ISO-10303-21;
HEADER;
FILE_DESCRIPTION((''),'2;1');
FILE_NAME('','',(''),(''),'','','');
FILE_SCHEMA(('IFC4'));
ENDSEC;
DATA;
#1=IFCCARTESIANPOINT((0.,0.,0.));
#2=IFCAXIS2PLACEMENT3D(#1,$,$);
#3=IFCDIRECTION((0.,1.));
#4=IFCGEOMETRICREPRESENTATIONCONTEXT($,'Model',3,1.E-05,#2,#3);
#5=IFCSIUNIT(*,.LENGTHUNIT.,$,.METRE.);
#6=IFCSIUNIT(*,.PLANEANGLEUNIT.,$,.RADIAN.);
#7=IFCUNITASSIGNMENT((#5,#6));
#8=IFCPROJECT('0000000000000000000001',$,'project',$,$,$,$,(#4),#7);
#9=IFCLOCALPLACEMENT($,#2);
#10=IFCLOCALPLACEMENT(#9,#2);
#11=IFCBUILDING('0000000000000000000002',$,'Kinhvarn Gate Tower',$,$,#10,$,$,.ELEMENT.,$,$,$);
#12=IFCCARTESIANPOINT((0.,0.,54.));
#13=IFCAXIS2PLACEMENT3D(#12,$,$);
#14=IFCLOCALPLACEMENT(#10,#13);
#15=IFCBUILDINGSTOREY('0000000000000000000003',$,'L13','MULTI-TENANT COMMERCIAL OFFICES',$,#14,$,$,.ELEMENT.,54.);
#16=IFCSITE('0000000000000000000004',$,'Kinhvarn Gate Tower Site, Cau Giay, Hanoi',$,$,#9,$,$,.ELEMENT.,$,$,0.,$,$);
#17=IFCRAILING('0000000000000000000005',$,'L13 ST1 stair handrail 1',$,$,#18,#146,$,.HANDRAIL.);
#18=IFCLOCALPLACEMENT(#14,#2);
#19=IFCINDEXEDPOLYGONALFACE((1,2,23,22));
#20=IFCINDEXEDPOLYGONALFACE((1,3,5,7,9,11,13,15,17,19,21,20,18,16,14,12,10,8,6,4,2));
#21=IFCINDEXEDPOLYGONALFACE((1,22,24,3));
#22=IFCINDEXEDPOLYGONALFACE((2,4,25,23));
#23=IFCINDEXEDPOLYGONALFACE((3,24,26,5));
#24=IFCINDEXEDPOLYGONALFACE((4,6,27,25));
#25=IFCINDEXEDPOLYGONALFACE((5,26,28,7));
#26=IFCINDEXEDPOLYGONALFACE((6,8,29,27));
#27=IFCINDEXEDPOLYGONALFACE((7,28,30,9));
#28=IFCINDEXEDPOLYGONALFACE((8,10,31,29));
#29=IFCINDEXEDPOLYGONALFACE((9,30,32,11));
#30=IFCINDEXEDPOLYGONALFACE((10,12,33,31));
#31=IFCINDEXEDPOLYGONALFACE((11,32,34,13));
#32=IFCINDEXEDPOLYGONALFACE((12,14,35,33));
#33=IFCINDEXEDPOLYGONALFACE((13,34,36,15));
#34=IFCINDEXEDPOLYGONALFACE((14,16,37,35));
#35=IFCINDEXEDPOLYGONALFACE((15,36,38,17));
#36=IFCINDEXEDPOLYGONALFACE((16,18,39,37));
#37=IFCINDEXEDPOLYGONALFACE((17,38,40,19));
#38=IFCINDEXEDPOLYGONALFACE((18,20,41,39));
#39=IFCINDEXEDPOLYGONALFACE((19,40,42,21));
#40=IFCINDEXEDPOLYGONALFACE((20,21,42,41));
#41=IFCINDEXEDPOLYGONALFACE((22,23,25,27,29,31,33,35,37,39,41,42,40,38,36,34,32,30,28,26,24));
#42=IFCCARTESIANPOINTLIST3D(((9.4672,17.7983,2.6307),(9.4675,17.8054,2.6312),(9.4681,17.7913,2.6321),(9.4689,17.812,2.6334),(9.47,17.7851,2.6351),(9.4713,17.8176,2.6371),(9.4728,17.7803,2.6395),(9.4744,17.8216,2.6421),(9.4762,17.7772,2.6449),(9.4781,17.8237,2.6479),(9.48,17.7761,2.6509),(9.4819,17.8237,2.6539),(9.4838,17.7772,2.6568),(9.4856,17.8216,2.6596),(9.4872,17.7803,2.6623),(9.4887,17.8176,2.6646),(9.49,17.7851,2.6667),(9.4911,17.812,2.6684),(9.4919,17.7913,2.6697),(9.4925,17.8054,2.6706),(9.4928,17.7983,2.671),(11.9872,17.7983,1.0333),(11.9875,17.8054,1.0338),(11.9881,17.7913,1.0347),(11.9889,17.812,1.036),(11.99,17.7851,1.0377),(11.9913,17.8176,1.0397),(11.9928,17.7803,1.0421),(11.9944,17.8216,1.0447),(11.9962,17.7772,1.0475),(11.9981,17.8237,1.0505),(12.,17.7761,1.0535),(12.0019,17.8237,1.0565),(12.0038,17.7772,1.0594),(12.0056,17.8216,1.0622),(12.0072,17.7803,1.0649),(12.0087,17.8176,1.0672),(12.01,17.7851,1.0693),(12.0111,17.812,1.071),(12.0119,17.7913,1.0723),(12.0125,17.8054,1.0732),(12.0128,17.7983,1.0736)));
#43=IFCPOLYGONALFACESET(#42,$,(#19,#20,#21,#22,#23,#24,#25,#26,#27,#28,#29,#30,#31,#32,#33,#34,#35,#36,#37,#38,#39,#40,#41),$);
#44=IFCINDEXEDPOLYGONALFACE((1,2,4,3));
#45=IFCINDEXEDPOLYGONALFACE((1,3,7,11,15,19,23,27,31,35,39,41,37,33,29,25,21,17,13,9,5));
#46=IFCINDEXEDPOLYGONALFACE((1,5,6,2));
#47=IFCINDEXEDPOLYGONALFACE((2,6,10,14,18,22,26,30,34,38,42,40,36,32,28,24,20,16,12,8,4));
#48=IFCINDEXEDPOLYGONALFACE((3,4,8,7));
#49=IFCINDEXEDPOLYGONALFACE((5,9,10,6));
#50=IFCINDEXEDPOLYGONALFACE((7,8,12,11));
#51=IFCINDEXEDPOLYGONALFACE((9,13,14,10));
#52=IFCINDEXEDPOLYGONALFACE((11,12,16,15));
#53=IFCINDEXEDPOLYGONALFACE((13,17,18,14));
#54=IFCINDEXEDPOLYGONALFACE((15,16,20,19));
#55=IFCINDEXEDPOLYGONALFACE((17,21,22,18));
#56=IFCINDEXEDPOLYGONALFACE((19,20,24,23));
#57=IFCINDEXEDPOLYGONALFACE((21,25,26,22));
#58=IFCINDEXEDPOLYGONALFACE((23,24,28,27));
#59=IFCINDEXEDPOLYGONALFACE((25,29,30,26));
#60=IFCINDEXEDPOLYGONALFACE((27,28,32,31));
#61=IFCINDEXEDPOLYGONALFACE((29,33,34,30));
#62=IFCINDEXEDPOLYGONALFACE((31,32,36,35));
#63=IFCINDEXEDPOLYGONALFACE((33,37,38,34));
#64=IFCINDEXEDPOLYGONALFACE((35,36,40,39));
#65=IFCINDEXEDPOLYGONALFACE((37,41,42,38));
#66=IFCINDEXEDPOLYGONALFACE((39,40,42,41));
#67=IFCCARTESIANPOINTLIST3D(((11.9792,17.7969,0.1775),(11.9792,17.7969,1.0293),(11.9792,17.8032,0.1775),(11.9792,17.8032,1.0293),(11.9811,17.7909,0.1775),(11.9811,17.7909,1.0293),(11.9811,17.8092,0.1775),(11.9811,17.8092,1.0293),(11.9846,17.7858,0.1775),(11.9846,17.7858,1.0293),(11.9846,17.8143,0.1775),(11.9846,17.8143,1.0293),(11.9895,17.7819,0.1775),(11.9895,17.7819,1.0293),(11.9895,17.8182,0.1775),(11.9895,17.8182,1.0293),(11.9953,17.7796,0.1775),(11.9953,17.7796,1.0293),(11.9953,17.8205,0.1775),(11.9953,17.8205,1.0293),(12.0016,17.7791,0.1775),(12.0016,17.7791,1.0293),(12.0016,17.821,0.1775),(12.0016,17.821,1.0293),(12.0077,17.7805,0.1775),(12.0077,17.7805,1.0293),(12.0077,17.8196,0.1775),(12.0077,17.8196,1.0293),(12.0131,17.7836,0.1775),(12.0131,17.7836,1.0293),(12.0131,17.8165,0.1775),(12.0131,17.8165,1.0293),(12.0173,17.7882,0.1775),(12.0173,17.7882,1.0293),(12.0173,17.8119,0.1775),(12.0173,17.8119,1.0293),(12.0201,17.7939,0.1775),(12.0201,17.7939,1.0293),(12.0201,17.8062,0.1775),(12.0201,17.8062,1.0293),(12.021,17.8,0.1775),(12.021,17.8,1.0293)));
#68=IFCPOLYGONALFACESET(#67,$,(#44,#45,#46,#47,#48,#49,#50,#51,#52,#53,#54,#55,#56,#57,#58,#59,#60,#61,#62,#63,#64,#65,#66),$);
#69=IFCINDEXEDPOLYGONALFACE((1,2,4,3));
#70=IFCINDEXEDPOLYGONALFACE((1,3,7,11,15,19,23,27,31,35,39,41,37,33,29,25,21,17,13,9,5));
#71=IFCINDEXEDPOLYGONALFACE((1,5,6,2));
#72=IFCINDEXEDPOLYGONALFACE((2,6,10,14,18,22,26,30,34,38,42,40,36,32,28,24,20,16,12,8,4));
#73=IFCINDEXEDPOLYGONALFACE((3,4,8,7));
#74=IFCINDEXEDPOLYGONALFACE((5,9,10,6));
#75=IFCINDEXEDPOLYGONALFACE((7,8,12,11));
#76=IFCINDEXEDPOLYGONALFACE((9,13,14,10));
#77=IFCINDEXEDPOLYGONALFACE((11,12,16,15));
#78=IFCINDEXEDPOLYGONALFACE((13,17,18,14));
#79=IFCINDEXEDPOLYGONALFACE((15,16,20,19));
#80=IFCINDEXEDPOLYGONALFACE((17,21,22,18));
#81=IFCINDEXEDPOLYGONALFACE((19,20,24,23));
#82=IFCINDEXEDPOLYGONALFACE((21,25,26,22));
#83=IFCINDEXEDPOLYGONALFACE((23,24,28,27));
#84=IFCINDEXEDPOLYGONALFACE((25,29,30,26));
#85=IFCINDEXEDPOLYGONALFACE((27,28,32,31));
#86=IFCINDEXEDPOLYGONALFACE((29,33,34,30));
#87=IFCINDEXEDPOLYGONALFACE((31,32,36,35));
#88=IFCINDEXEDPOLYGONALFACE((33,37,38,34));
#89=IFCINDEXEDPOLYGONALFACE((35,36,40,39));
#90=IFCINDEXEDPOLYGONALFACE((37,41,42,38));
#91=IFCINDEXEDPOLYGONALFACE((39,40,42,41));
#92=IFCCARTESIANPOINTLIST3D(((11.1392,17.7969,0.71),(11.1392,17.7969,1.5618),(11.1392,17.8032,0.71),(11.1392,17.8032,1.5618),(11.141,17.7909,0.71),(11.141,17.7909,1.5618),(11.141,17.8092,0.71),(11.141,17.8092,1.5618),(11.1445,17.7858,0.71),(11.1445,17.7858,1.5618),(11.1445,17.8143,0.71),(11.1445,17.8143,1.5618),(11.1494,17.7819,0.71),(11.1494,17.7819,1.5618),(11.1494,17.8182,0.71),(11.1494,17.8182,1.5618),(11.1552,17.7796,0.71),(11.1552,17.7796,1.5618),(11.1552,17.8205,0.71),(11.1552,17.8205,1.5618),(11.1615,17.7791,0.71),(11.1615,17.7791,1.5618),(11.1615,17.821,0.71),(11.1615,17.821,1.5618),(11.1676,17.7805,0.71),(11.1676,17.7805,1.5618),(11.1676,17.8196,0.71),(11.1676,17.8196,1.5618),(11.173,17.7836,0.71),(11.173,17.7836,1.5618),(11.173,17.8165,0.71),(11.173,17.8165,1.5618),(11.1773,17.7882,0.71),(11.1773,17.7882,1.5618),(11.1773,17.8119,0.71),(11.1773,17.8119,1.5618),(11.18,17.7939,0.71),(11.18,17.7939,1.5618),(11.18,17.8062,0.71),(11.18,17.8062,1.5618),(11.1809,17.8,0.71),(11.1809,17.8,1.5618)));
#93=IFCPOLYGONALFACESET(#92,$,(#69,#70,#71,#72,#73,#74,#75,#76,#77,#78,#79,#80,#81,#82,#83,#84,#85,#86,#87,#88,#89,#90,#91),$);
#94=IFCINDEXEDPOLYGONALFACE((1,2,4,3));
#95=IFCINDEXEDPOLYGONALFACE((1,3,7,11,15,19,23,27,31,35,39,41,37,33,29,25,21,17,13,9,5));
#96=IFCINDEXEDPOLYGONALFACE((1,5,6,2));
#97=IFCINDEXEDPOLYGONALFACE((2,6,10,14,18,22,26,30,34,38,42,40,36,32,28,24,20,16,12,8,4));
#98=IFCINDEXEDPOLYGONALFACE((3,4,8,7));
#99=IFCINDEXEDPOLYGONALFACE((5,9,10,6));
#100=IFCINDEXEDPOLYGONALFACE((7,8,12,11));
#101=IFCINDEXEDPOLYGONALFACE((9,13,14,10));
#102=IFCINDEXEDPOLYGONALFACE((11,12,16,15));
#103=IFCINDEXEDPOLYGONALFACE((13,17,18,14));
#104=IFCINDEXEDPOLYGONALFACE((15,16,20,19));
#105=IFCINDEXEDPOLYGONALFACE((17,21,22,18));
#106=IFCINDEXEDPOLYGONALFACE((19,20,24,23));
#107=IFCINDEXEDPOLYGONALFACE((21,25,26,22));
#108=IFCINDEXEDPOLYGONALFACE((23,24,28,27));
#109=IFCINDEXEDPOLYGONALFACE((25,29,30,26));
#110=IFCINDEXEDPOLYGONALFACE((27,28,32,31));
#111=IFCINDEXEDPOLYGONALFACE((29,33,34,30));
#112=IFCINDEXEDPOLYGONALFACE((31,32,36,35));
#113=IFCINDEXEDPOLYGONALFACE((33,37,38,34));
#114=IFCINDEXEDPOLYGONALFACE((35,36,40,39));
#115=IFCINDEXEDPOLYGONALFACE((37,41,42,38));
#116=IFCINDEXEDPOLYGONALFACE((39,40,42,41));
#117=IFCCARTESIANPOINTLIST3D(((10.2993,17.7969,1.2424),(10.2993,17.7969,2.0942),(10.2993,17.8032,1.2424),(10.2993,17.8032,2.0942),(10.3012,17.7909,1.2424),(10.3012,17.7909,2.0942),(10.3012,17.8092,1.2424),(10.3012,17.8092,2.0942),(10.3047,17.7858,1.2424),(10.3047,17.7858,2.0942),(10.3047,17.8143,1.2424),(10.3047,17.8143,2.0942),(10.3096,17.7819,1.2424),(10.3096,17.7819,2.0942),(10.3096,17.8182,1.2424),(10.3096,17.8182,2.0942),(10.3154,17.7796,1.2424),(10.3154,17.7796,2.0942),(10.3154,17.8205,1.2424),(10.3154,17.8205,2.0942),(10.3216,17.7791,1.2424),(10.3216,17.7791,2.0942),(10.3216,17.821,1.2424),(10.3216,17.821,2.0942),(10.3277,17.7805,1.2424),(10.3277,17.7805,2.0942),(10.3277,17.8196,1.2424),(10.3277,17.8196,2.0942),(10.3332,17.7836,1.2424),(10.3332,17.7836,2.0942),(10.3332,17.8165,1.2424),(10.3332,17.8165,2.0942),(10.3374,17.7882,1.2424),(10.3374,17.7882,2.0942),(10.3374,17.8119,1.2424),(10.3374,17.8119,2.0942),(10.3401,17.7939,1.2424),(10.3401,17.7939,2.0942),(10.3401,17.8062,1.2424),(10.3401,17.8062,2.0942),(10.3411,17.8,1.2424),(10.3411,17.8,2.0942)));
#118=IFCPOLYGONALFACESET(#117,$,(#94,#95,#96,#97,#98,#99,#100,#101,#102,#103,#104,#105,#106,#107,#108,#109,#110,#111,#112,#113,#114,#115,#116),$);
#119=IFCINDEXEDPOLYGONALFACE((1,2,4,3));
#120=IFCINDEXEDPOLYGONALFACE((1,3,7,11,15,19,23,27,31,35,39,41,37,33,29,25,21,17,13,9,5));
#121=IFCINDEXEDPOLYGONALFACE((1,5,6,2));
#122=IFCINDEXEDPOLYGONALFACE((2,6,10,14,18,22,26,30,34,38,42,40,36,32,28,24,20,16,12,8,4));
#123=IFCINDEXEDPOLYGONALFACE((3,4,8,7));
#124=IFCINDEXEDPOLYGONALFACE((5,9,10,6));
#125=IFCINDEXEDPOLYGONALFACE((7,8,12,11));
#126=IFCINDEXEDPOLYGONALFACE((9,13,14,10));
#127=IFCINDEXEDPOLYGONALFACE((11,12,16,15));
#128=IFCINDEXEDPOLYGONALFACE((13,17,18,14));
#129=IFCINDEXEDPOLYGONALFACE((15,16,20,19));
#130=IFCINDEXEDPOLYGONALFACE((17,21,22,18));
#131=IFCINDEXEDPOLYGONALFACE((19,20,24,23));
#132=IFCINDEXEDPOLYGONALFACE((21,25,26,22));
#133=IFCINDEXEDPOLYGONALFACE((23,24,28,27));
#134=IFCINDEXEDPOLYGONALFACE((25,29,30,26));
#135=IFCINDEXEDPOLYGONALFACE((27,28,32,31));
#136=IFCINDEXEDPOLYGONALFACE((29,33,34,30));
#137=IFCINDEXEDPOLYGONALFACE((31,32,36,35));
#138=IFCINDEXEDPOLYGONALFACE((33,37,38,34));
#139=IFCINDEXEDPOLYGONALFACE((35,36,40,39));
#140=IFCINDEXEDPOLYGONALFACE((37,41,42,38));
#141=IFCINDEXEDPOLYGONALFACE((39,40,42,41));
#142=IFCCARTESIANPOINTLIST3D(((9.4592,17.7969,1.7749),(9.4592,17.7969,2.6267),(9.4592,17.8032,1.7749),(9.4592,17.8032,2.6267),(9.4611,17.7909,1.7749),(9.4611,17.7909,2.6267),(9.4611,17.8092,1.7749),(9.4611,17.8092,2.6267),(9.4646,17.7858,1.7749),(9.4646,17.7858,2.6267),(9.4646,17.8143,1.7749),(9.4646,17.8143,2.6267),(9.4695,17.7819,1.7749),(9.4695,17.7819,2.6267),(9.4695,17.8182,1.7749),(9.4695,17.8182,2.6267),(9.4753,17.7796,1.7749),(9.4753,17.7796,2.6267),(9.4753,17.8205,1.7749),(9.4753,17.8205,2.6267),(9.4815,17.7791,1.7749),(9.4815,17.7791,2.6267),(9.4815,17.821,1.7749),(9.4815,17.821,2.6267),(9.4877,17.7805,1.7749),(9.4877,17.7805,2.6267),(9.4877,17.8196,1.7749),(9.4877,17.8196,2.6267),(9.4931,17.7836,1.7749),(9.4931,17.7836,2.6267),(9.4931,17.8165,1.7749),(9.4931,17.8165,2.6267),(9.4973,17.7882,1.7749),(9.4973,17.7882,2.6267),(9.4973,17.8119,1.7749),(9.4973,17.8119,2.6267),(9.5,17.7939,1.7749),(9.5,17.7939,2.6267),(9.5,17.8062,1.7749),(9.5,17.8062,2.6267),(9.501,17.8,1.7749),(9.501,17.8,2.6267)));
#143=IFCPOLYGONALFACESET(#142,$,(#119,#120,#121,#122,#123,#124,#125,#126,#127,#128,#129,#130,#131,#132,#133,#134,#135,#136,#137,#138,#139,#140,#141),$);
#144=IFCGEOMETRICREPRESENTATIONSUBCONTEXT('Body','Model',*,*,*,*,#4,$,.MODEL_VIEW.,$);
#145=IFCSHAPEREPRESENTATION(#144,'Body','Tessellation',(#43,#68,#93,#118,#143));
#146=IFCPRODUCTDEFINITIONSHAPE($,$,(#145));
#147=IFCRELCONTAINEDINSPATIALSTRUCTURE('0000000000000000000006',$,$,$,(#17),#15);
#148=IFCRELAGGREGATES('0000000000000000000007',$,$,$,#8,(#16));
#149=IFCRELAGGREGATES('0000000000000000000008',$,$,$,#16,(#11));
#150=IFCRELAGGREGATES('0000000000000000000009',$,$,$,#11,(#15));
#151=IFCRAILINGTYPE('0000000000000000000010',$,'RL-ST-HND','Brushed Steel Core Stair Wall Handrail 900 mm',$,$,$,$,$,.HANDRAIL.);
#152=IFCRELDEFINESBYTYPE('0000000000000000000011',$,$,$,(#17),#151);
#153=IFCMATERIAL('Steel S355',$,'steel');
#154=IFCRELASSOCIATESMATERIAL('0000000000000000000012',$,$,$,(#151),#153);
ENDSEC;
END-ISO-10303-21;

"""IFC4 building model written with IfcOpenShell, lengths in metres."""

from ifc_helpers import new_model, si_unit, direction, frame, origin, origin_2d, place, context, subcontext, project, spatial, circle, extrude, material, type_object, element, save


model = new_model("IFC4")

# Units and contexts
model_context = context("Model", 3, precision=1e-05, world=origin(), true_north=direction((0.0, 1.0)))
body_context = subcontext(model_context, "Body", "Model", "MODEL_VIEW")
ifc_project = project(units=[si_unit("LENGTHUNIT", "METRE"), si_unit("PLANEANGLEUNIT", "RADIAN")], contexts=[model_context])

# Site, building, storey
site_placement = place(None, origin())
site = spatial("IfcSite", under=ifc_project, at=site_placement, Name="Kinhvarn Gate Tower Site, Cau Giay, Hanoi", CompositionType="ELEMENT", RefElevation=0.0)
building_placement = place(site_placement, origin())
building = spatial("IfcBuilding", under=site, at=building_placement, Name="Kinhvarn Gate Tower", CompositionType="ELEMENT")
storey_placement = place(building_placement, frame((0.0, 0.0, 54.0)))
storey = spatial("IfcBuildingStorey", under=building, at=storey_placement, Name="L13", Description="MULTI-TENANT COMMERCIAL OFFICES", CompositionType="ELEMENT", Elevation=54.0)

# Shared definitions
ifc_material_1 = material(Name="Steel S355", Category="steel")

# Railing
railing_type_1 = type_object("IfcRailingType", Name="RL-ST-HND", Description="Brushed Steel Core Stair Wall Handrail 900 mm", PredefinedType="HANDRAIL", material=ifc_material_1)
railing_1_placement = place(storey_placement, frame((12.0, 17.8, 0.1775)))
element("IfcRailing", 1, at=railing_1_placement, inside=storey, type_object=railing_type_1, Name="L13 ST1 stair handrail 1", PredefinedType="HANDRAIL", context=body_context, shape_type="SweptSolid", body=[
    extrude(circle(Radius=0.0239, at=origin_2d()), frame((0.0, 0.0, 0.876), z_axis=(-0.844607, 0.0, 0.535387), x_axis=(0.0, -1.0, 0.0)), (0.0, 0.0, 1.0), 2.9836),
    extrude(circle(Radius=0.021, at=origin_2d()), origin(), (0.0, 0.0, 1.0), 0.8518),
    extrude(circle(Radius=0.021, at=origin_2d()), frame((-0.8401, 0.0, 0.5325)), (0.0, 0.0, 1.0), 0.8518),
    extrude(circle(Radius=0.021, at=origin_2d()), frame((-1.6799, 0.0, 1.0649)), (0.0, 0.0, 1.0), 0.8518),
    extrude(circle(Radius=0.021, at=origin_2d()), frame((-2.52, 0.0, 1.5974)), (0.0, 0.0, 1.0), 0.8518),
])

save(model, "model.ifc")
